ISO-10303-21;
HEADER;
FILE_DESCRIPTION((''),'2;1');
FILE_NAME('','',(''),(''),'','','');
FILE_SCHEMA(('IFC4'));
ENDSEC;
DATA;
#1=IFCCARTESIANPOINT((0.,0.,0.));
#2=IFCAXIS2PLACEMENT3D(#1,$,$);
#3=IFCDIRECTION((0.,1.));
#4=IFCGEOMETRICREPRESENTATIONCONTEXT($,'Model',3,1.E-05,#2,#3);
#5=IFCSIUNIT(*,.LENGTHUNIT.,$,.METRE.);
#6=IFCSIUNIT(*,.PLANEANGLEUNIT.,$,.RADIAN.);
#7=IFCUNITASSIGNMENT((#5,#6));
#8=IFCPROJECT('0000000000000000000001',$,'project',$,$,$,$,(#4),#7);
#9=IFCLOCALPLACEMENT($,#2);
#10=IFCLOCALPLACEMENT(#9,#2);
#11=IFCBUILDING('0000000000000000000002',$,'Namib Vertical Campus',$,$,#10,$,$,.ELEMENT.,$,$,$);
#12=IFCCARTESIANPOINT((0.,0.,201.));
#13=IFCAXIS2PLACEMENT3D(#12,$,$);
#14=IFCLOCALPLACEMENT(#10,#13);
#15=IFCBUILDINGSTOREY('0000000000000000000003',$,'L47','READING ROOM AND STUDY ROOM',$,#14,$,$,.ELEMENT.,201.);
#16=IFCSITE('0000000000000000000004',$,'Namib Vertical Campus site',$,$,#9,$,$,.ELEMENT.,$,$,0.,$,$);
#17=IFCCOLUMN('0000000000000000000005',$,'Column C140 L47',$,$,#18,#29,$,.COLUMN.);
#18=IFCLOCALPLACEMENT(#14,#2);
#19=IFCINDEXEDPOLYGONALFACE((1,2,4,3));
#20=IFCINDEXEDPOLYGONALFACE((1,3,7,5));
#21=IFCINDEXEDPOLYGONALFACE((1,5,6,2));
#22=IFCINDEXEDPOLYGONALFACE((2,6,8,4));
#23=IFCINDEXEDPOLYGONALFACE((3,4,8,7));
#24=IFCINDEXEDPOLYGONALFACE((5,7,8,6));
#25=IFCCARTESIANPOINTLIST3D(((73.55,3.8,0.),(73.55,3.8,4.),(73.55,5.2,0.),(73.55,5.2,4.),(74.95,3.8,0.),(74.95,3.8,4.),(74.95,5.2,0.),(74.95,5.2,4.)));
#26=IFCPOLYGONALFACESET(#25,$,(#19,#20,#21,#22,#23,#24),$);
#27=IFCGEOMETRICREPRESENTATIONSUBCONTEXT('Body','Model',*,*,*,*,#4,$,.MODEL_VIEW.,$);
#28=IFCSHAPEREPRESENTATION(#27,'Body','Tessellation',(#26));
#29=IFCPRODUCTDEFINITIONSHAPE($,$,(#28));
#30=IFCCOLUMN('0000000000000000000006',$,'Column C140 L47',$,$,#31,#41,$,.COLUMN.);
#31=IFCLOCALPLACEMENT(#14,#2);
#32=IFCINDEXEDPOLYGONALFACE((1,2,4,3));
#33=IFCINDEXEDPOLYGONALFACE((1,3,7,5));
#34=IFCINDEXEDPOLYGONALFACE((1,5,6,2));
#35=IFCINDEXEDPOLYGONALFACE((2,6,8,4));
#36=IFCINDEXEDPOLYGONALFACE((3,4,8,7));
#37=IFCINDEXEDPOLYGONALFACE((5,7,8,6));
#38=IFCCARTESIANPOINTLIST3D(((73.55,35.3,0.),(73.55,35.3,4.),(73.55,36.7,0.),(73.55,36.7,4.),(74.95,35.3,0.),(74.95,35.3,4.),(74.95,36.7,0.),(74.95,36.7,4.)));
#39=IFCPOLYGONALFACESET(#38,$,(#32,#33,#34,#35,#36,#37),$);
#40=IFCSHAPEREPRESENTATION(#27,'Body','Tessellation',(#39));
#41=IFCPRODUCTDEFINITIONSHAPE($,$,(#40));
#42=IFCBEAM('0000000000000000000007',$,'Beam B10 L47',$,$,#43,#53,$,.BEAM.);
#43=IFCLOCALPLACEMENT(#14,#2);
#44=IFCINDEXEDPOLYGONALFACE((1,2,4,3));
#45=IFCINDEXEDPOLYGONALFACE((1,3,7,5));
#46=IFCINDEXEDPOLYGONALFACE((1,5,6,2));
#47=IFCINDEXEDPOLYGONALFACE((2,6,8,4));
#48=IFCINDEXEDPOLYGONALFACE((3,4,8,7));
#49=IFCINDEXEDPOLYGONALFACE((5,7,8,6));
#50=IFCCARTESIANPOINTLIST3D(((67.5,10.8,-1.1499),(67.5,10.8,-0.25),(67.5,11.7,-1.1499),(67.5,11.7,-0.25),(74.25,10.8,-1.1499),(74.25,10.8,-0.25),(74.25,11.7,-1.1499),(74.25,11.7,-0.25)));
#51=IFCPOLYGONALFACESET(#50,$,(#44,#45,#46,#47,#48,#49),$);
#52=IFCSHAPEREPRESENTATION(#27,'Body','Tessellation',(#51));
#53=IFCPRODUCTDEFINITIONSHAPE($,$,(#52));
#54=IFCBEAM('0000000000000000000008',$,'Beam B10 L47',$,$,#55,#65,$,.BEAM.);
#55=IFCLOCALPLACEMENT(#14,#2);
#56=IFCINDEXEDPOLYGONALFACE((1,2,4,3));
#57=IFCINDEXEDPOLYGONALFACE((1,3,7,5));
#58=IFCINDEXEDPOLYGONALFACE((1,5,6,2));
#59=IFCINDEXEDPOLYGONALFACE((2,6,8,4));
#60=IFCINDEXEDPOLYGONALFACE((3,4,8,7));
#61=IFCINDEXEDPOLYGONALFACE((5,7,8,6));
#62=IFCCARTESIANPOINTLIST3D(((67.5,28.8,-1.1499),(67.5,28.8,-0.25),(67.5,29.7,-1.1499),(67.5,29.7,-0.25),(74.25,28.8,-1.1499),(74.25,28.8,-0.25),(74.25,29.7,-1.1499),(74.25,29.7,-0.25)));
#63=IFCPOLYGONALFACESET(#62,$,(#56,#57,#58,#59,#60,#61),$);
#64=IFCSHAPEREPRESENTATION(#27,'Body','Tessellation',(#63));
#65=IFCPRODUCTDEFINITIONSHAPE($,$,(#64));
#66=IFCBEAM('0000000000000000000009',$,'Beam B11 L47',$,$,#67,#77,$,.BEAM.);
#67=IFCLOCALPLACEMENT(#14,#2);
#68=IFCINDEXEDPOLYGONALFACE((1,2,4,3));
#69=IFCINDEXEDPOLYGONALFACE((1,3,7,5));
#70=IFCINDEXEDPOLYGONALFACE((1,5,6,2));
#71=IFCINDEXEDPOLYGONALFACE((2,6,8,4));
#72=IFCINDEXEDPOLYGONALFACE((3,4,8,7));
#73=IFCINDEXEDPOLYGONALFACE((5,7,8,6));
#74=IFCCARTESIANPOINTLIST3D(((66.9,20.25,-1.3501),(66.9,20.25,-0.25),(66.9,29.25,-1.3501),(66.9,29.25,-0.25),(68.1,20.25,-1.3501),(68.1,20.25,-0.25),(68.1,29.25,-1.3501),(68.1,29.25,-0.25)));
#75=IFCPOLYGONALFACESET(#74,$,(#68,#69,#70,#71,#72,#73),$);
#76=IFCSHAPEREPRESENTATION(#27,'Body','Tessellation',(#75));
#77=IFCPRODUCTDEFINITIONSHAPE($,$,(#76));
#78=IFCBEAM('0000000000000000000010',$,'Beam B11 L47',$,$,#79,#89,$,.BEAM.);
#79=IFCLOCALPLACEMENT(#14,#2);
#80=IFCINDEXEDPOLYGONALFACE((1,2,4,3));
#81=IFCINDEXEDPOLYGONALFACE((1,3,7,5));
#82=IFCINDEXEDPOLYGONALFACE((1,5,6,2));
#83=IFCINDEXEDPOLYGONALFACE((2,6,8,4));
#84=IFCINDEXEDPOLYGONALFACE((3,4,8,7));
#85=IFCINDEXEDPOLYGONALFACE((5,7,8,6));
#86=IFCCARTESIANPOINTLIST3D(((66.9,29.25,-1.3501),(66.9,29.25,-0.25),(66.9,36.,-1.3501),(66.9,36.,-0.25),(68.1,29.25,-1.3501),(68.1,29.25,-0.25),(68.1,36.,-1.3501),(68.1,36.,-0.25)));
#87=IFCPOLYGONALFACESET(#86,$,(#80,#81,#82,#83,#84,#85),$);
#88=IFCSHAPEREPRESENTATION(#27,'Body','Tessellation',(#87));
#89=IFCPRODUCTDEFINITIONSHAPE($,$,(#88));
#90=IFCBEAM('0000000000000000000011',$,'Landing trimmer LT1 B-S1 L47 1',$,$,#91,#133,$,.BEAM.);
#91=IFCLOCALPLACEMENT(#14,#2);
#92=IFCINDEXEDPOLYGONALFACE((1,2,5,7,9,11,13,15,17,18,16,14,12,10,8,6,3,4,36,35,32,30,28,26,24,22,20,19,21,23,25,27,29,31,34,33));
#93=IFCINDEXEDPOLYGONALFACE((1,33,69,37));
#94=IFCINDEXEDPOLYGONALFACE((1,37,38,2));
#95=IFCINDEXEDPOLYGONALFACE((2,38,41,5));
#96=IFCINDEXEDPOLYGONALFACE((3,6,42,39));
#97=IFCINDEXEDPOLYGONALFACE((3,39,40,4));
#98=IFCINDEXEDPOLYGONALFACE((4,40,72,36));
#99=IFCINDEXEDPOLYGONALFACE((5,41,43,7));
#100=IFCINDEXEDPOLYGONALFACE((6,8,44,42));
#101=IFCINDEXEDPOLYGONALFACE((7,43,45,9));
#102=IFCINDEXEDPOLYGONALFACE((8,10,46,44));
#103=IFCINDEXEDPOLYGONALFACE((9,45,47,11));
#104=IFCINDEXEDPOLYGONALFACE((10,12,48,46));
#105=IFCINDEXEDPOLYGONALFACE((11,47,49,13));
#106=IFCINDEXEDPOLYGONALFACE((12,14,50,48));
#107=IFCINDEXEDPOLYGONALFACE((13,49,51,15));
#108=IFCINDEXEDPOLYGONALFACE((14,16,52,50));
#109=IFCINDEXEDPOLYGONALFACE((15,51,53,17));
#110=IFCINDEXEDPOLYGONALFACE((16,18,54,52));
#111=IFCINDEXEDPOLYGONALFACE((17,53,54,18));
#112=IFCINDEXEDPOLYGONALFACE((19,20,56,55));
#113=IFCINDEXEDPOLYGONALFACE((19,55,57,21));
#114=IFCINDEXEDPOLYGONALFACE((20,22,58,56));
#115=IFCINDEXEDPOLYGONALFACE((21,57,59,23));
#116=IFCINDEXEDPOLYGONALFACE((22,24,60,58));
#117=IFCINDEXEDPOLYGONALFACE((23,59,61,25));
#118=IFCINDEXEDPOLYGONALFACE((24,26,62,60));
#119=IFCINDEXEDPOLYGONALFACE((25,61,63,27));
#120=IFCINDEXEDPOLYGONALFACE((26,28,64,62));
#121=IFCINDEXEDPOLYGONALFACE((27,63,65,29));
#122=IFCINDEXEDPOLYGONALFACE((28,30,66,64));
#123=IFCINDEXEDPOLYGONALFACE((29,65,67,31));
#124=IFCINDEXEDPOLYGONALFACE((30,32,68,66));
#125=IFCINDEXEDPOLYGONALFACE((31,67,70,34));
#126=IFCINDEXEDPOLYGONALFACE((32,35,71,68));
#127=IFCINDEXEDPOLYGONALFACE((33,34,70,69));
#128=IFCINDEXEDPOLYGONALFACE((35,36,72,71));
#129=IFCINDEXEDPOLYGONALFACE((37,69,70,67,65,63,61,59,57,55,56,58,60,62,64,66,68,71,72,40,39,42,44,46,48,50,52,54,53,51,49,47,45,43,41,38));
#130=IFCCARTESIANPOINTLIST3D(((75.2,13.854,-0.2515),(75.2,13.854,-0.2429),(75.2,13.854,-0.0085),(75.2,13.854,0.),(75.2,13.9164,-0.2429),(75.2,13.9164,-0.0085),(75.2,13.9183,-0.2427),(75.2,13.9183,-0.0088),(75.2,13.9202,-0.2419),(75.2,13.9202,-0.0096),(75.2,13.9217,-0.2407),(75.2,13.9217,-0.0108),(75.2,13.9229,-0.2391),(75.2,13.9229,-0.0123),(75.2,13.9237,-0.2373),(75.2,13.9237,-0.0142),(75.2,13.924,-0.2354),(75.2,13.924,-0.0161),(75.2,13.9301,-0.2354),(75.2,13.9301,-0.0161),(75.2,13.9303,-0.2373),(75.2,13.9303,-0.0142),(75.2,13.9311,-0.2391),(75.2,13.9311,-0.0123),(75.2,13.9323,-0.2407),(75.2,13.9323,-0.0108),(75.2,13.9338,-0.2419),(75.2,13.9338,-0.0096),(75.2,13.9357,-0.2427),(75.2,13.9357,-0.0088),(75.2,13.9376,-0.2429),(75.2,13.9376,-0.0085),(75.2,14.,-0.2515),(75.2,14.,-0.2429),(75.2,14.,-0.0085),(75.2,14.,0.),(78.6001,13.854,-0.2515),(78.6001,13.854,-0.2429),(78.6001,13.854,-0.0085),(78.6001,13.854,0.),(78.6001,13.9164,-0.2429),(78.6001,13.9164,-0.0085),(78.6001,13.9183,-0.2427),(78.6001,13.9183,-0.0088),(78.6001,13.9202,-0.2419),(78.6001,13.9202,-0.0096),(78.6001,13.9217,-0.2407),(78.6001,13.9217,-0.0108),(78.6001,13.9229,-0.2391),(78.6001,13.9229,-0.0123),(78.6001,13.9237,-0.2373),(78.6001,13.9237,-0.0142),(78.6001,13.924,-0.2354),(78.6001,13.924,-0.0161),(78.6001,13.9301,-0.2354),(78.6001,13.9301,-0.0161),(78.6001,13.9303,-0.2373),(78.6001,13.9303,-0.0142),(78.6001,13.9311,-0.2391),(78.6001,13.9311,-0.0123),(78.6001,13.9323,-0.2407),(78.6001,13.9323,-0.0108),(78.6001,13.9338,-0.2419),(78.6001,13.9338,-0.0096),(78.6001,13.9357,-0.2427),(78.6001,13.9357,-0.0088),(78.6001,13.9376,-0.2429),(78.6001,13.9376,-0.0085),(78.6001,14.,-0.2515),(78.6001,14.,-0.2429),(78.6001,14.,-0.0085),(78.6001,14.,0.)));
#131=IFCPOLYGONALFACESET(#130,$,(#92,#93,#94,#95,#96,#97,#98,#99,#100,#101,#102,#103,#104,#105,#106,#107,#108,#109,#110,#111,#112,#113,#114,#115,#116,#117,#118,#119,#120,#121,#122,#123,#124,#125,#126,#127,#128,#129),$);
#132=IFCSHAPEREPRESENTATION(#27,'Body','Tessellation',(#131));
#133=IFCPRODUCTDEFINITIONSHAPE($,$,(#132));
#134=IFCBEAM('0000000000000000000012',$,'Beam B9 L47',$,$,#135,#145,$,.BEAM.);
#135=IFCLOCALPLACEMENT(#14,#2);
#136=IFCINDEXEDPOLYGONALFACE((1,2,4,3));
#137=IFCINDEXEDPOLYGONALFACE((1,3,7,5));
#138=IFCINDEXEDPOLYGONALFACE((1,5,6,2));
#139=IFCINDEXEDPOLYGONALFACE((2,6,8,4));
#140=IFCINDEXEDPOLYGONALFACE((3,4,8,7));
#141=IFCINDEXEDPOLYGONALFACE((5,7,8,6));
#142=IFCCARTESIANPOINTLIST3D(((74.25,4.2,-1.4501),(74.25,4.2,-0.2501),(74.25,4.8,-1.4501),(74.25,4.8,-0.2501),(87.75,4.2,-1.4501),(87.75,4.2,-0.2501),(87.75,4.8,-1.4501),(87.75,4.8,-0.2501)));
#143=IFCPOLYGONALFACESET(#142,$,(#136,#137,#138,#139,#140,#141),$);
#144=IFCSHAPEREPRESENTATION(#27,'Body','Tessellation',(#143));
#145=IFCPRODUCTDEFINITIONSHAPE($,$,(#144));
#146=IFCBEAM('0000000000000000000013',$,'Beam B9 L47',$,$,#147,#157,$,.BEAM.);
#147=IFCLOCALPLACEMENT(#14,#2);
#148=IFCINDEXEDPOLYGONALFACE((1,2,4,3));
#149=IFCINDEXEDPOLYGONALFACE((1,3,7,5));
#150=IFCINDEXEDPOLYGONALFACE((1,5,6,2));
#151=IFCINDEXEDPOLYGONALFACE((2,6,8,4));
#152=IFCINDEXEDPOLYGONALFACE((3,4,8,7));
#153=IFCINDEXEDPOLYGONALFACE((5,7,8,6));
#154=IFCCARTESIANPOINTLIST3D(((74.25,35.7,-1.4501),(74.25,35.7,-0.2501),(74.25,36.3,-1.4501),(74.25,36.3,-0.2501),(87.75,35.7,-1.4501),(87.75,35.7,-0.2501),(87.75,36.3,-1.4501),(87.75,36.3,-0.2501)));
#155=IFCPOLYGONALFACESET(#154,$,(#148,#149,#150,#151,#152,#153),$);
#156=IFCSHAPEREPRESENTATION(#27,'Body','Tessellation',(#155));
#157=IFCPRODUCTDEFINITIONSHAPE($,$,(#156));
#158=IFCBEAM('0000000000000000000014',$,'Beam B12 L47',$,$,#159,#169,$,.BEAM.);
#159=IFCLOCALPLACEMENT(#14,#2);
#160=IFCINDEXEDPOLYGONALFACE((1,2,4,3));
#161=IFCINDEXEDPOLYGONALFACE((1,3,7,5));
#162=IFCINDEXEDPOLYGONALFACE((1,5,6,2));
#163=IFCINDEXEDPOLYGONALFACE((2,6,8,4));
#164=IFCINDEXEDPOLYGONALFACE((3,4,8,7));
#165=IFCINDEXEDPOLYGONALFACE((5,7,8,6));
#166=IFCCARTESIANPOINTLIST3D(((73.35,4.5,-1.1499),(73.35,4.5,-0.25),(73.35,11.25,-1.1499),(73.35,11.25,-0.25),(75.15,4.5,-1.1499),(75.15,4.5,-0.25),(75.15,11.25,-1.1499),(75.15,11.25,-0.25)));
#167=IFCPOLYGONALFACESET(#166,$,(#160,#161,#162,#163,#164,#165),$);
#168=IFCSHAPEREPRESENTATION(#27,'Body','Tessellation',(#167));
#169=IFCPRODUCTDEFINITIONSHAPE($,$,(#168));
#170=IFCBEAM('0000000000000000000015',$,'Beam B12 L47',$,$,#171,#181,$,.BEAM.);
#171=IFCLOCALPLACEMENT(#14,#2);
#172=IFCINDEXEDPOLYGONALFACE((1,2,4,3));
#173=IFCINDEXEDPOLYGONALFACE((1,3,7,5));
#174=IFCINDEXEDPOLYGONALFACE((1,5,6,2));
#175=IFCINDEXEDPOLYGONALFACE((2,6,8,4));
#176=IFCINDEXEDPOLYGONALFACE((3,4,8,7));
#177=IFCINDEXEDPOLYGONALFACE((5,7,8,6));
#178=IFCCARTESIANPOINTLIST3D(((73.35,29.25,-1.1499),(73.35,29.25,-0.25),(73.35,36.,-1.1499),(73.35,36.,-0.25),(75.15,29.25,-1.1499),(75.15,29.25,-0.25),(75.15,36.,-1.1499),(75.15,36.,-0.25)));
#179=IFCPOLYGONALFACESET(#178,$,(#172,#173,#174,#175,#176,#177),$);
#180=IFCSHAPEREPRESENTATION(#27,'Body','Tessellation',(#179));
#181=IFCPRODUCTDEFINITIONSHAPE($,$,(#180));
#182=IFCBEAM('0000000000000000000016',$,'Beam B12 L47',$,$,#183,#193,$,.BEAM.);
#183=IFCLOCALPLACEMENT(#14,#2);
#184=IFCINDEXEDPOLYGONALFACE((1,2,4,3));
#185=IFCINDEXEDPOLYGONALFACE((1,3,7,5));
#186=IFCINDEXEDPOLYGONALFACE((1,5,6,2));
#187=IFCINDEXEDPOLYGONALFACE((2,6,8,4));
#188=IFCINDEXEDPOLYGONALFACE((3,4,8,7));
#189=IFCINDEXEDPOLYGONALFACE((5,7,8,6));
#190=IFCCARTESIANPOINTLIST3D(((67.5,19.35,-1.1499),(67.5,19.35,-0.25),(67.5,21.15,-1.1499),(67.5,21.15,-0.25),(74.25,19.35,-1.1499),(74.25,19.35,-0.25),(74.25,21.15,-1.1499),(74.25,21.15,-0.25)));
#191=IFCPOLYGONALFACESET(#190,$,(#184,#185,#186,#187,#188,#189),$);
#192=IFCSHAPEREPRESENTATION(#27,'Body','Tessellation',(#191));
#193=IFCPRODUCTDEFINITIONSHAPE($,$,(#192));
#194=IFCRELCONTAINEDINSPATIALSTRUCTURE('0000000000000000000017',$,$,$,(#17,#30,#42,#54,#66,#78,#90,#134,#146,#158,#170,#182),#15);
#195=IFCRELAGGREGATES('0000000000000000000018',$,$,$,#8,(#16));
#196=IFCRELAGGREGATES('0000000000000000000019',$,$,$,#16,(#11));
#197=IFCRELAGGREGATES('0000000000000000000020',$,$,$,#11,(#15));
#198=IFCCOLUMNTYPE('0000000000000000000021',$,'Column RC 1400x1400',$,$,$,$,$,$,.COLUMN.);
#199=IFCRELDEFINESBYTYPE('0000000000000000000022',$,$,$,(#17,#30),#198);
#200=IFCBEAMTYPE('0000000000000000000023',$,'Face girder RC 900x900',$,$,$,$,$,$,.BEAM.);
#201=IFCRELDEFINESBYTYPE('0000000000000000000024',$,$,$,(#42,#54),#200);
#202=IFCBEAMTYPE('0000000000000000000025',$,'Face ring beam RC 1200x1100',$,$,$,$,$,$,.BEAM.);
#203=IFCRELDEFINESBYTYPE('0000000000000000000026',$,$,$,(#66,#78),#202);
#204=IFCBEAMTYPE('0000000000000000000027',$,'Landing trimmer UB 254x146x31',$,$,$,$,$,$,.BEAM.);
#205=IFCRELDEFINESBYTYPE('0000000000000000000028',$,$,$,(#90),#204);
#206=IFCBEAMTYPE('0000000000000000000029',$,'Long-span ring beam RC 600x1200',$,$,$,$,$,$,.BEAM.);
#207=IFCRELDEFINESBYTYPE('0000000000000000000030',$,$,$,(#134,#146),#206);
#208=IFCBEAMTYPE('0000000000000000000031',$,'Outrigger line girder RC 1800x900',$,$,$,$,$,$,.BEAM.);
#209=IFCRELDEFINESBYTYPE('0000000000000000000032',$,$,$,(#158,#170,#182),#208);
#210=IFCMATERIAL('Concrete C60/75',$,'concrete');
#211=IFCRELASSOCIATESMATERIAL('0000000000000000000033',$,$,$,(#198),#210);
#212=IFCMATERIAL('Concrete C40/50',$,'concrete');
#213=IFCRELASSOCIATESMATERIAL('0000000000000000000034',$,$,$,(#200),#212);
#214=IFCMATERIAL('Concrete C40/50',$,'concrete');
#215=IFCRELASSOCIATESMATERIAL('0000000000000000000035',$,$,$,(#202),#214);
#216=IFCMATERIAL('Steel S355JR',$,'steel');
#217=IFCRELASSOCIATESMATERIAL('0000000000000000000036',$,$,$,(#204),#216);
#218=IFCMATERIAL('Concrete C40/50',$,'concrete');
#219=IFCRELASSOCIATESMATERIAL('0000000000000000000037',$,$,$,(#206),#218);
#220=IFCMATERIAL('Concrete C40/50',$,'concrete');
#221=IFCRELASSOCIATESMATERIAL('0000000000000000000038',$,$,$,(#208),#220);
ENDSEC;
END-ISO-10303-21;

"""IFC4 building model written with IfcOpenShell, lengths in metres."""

from ifc_helpers import new_model, si_unit, direction, frame, origin, origin_2d, place, context, subcontext, project, spatial, rectangle, i_section, extrude, material, material_profile, profile_set, type_object, element, save


model = new_model("IFC4")

# Units and contexts
model_context = context("Model", 3, precision=1e-05, world=origin(), true_north=direction((0.0, 1.0)))
body_context = subcontext(model_context, "Body", "Model", "MODEL_VIEW")
ifc_project = project(units=[si_unit("LENGTHUNIT", "METRE"), si_unit("PLANEANGLEUNIT", "RADIAN")], contexts=[model_context])

# Site, building, storey
site_placement = place(None, origin())
site = spatial("IfcSite", under=ifc_project, at=site_placement, Name="Namib Vertical Campus site", CompositionType="ELEMENT", RefElevation=0.0)
building_placement = place(site_placement, origin())
building = spatial("IfcBuilding", under=site, at=building_placement, Name="Namib Vertical Campus", CompositionType="ELEMENT")
storey_placement = place(building_placement, frame((0.0, 0.0, 201.0)))
storey = spatial("IfcBuildingStorey", under=building, at=storey_placement, Name="L47", Description="READING ROOM AND STUDY ROOM", CompositionType="ELEMENT", Elevation=201.0)

# Columns
ifc_material_1 = material(Name="Concrete C60/75", Category="concrete")
ifc_material_profile_1 = material_profile(ifc_material_1, rectangle(XDim=1.3999, YDim=1.3999, at=origin_2d()))
ifc_profile_set_1 = profile_set([ifc_material_profile_1], Name="Concrete C60/75")
column_type = type_object("IfcColumnType", Name="Column RC 1400x1400", PredefinedType="COLUMN", material=ifc_profile_set_1)
for number, where, z_axis, x_axis, name in (
    (1, (74.25, 4.5, 0.0), (0.0, 0.0, 1.0), (1.0, 0.0, 0.0), "Column C140 L47"),
    (2, (74.25, 36.0, 0.0), (0.0, 0.0, 1.0), (1.0, 0.0, 0.0), "Column C140 L47"),
):
    element("IfcColumn", number, at=place(storey_placement, frame(where, z_axis=z_axis, x_axis=x_axis)), inside=storey, type_object=column_type, Name=name, PredefinedType="COLUMN", context=body_context, shape_type="SweptSolid", body=[
        extrude(rectangle(XDim=1.3999, YDim=1.3999, at=origin_2d()), origin(), (0.0, 0.0, 1.0), 4.0),
    ])

# Beams
ifc_material_2 = material(Name="Concrete C40/50", Category="concrete")
ifc_material_profile_2 = material_profile(ifc_material_2, rectangle(XDim=0.8999, YDim=0.8999, at=origin_2d()))
ifc_profile_set_2 = profile_set([ifc_material_profile_2], Name="Concrete C40/50")
beam_type_1 = type_object("IfcBeamType", Name="Face girder RC 900x900", PredefinedType="BEAM", material=ifc_profile_set_2)
for number, where, z_axis, x_axis, name in (
    (3, (67.5, 11.25, -0.7), (1.0, 0.0, 0.0), (0.0, 1.0, 0.0), "Beam B10 L47"),
    (4, (67.5, 29.25, -0.7), (1.0, 0.0, 0.0), (0.0, 1.0, 0.0), "Beam B10 L47"),
):
    element("IfcBeam", number, at=place(storey_placement, frame(where, z_axis=z_axis, x_axis=x_axis)), inside=storey, type_object=beam_type_1, Name=name, PredefinedType="BEAM", context=body_context, shape_type="SweptSolid", body=[
        extrude(rectangle(XDim=0.8999, YDim=0.8999, at=origin_2d()), origin(), (0.0, 0.0, 1.0), 6.75),
    ])
ifc_material_3 = material(Name="Concrete C40/50", Category="concrete")
ifc_material_profile_3 = material_profile(ifc_material_3, rectangle(XDim=1.2, YDim=1.1001, at=origin_2d()))
ifc_profile_set_3 = profile_set([ifc_material_profile_3], Name="Concrete C40/50")
beam_type_2 = type_object("IfcBeamType", Name="Face ring beam RC 1200x1100", PredefinedType="BEAM", material=ifc_profile_set_3)
beam_1_placement = place(storey_placement, frame((67.5, 20.25, -0.8), z_axis=(0.0, 1.0, 0.0), x_axis=(-1.0, 0.0, 0.0)))
element("IfcBeam", 5, at=beam_1_placement, inside=storey, type_object=beam_type_2, Name="Beam B11 L47", PredefinedType="BEAM", context=body_context, shape_type="SweptSolid", body=[
    extrude(rectangle(XDim=1.2, YDim=1.1001, at=origin_2d()), origin(), (0.0, 0.0, 1.0), 9.0),
])
beam_2_placement = place(storey_placement, frame((67.5, 29.25, -0.8), z_axis=(0.0, 1.0, 0.0), x_axis=(-1.0, 0.0, 0.0)))
element("IfcBeam", 6, at=beam_2_placement, inside=storey, type_object=beam_type_2, Name="Beam B11 L47", PredefinedType="BEAM", context=body_context, shape_type="SweptSolid", body=[
    extrude(rectangle(XDim=1.2, YDim=1.1001, at=origin_2d()), origin(), (0.0, 0.0, 1.0), 6.75),
])
ifc_material_4 = material(Name="Steel S355JR", Category="steel")
ifc_material_profile_4 = material_profile(ifc_material_4, i_section(OverallWidth=0.146, OverallDepth=0.2515, WebThickness=0.0061, FlangeThickness=0.0085, FilletRadius=0.0076, at=origin_2d()))
ifc_profile_set_4 = profile_set([ifc_material_profile_4], Name="Steel S355JR")
beam_type_3 = type_object("IfcBeamType", Name="Landing trimmer UB 254x146x31", PredefinedType="BEAM", material=ifc_profile_set_4)
beam_3_placement = place(storey_placement, frame((75.2, 13.927, -0.1257), z_axis=(1.0, 0.0, 0.0), x_axis=(0.0, 1.0, 0.0)))
element("IfcBeam", 7, at=beam_3_placement, inside=storey, type_object=beam_type_3, Name="Landing trimmer LT1 B-S1 L47 1", PredefinedType="BEAM", context=body_context, shape_type="SweptSolid", body=[
    extrude(i_section(OverallWidth=0.146, OverallDepth=0.2515, WebThickness=0.0061, FlangeThickness=0.0085, FilletRadius=0.0076, at=origin_2d()), origin(), (0.0, 0.0, 1.0), 3.4001),
])
ifc_material_5 = material(Name="Concrete C40/50", Category="concrete")
ifc_material_profile_5 = material_profile(ifc_material_5, rectangle(XDim=0.6001, YDim=1.2, at=origin_2d()))
ifc_profile_set_5 = profile_set([ifc_material_profile_5], Name="Concrete C40/50")
beam_type_4 = type_object("IfcBeamType", Name="Long-span ring beam RC 600x1200", PredefinedType="BEAM", material=ifc_profile_set_5)
for number, where, z_axis, x_axis, name in (
    (8, (74.25, 4.5, -0.8501), (1.0, 0.0, 0.0), (0.0, 1.0, 0.0), "Beam B9 L47"),
    (9, (74.25, 36.0, -0.8501), (1.0, 0.0, 0.0), (0.0, 1.0, 0.0), "Beam B9 L47"),
):
    element("IfcBeam", number, at=place(storey_placement, frame(where, z_axis=z_axis, x_axis=x_axis)), inside=storey, type_object=beam_type_4, Name=name, PredefinedType="BEAM", context=body_context, shape_type="SweptSolid", body=[
        extrude(rectangle(XDim=0.6001, YDim=1.2, at=origin_2d()), origin(), (0.0, 0.0, 1.0), 13.5),
    ])
ifc_material_6 = material(Name="Concrete C40/50", Category="concrete")
ifc_material_profile_6 = material_profile(ifc_material_6, rectangle(XDim=1.8, YDim=0.8999, at=origin_2d()))
ifc_profile_set_6 = profile_set([ifc_material_profile_6], Name="Concrete C40/50")
beam_type_5 = type_object("IfcBeamType", Name="Outrigger line girder RC 1800x900", PredefinedType="BEAM", material=ifc_profile_set_6)
for number, where, z_axis, x_axis, name in (
    (10, (74.25, 4.5, -0.7), (0.0, 1.0, 0.0), (-1.0, 0.0, 0.0), "Beam B12 L47"),
    (11, (74.25, 36.0, -0.7), (0.0, -1.0, 0.0), (1.0, 0.0, 0.0), "Beam B12 L47"),
    (12, (67.5, 20.25, -0.7), (1.0, 0.0, 0.0), (0.0, 1.0, 0.0), "Beam B12 L47"),
):
    element("IfcBeam", number, at=place(storey_placement, frame(where, z_axis=z_axis, x_axis=x_axis)), inside=storey, type_object=beam_type_5, Name=name, PredefinedType="BEAM", context=body_context, shape_type="SweptSolid", body=[
        extrude(rectangle(XDim=1.8, YDim=0.8999, at=origin_2d()), origin(), (0.0, 0.0, 1.0), 6.75),
    ])

save(model, "model.ifc")
